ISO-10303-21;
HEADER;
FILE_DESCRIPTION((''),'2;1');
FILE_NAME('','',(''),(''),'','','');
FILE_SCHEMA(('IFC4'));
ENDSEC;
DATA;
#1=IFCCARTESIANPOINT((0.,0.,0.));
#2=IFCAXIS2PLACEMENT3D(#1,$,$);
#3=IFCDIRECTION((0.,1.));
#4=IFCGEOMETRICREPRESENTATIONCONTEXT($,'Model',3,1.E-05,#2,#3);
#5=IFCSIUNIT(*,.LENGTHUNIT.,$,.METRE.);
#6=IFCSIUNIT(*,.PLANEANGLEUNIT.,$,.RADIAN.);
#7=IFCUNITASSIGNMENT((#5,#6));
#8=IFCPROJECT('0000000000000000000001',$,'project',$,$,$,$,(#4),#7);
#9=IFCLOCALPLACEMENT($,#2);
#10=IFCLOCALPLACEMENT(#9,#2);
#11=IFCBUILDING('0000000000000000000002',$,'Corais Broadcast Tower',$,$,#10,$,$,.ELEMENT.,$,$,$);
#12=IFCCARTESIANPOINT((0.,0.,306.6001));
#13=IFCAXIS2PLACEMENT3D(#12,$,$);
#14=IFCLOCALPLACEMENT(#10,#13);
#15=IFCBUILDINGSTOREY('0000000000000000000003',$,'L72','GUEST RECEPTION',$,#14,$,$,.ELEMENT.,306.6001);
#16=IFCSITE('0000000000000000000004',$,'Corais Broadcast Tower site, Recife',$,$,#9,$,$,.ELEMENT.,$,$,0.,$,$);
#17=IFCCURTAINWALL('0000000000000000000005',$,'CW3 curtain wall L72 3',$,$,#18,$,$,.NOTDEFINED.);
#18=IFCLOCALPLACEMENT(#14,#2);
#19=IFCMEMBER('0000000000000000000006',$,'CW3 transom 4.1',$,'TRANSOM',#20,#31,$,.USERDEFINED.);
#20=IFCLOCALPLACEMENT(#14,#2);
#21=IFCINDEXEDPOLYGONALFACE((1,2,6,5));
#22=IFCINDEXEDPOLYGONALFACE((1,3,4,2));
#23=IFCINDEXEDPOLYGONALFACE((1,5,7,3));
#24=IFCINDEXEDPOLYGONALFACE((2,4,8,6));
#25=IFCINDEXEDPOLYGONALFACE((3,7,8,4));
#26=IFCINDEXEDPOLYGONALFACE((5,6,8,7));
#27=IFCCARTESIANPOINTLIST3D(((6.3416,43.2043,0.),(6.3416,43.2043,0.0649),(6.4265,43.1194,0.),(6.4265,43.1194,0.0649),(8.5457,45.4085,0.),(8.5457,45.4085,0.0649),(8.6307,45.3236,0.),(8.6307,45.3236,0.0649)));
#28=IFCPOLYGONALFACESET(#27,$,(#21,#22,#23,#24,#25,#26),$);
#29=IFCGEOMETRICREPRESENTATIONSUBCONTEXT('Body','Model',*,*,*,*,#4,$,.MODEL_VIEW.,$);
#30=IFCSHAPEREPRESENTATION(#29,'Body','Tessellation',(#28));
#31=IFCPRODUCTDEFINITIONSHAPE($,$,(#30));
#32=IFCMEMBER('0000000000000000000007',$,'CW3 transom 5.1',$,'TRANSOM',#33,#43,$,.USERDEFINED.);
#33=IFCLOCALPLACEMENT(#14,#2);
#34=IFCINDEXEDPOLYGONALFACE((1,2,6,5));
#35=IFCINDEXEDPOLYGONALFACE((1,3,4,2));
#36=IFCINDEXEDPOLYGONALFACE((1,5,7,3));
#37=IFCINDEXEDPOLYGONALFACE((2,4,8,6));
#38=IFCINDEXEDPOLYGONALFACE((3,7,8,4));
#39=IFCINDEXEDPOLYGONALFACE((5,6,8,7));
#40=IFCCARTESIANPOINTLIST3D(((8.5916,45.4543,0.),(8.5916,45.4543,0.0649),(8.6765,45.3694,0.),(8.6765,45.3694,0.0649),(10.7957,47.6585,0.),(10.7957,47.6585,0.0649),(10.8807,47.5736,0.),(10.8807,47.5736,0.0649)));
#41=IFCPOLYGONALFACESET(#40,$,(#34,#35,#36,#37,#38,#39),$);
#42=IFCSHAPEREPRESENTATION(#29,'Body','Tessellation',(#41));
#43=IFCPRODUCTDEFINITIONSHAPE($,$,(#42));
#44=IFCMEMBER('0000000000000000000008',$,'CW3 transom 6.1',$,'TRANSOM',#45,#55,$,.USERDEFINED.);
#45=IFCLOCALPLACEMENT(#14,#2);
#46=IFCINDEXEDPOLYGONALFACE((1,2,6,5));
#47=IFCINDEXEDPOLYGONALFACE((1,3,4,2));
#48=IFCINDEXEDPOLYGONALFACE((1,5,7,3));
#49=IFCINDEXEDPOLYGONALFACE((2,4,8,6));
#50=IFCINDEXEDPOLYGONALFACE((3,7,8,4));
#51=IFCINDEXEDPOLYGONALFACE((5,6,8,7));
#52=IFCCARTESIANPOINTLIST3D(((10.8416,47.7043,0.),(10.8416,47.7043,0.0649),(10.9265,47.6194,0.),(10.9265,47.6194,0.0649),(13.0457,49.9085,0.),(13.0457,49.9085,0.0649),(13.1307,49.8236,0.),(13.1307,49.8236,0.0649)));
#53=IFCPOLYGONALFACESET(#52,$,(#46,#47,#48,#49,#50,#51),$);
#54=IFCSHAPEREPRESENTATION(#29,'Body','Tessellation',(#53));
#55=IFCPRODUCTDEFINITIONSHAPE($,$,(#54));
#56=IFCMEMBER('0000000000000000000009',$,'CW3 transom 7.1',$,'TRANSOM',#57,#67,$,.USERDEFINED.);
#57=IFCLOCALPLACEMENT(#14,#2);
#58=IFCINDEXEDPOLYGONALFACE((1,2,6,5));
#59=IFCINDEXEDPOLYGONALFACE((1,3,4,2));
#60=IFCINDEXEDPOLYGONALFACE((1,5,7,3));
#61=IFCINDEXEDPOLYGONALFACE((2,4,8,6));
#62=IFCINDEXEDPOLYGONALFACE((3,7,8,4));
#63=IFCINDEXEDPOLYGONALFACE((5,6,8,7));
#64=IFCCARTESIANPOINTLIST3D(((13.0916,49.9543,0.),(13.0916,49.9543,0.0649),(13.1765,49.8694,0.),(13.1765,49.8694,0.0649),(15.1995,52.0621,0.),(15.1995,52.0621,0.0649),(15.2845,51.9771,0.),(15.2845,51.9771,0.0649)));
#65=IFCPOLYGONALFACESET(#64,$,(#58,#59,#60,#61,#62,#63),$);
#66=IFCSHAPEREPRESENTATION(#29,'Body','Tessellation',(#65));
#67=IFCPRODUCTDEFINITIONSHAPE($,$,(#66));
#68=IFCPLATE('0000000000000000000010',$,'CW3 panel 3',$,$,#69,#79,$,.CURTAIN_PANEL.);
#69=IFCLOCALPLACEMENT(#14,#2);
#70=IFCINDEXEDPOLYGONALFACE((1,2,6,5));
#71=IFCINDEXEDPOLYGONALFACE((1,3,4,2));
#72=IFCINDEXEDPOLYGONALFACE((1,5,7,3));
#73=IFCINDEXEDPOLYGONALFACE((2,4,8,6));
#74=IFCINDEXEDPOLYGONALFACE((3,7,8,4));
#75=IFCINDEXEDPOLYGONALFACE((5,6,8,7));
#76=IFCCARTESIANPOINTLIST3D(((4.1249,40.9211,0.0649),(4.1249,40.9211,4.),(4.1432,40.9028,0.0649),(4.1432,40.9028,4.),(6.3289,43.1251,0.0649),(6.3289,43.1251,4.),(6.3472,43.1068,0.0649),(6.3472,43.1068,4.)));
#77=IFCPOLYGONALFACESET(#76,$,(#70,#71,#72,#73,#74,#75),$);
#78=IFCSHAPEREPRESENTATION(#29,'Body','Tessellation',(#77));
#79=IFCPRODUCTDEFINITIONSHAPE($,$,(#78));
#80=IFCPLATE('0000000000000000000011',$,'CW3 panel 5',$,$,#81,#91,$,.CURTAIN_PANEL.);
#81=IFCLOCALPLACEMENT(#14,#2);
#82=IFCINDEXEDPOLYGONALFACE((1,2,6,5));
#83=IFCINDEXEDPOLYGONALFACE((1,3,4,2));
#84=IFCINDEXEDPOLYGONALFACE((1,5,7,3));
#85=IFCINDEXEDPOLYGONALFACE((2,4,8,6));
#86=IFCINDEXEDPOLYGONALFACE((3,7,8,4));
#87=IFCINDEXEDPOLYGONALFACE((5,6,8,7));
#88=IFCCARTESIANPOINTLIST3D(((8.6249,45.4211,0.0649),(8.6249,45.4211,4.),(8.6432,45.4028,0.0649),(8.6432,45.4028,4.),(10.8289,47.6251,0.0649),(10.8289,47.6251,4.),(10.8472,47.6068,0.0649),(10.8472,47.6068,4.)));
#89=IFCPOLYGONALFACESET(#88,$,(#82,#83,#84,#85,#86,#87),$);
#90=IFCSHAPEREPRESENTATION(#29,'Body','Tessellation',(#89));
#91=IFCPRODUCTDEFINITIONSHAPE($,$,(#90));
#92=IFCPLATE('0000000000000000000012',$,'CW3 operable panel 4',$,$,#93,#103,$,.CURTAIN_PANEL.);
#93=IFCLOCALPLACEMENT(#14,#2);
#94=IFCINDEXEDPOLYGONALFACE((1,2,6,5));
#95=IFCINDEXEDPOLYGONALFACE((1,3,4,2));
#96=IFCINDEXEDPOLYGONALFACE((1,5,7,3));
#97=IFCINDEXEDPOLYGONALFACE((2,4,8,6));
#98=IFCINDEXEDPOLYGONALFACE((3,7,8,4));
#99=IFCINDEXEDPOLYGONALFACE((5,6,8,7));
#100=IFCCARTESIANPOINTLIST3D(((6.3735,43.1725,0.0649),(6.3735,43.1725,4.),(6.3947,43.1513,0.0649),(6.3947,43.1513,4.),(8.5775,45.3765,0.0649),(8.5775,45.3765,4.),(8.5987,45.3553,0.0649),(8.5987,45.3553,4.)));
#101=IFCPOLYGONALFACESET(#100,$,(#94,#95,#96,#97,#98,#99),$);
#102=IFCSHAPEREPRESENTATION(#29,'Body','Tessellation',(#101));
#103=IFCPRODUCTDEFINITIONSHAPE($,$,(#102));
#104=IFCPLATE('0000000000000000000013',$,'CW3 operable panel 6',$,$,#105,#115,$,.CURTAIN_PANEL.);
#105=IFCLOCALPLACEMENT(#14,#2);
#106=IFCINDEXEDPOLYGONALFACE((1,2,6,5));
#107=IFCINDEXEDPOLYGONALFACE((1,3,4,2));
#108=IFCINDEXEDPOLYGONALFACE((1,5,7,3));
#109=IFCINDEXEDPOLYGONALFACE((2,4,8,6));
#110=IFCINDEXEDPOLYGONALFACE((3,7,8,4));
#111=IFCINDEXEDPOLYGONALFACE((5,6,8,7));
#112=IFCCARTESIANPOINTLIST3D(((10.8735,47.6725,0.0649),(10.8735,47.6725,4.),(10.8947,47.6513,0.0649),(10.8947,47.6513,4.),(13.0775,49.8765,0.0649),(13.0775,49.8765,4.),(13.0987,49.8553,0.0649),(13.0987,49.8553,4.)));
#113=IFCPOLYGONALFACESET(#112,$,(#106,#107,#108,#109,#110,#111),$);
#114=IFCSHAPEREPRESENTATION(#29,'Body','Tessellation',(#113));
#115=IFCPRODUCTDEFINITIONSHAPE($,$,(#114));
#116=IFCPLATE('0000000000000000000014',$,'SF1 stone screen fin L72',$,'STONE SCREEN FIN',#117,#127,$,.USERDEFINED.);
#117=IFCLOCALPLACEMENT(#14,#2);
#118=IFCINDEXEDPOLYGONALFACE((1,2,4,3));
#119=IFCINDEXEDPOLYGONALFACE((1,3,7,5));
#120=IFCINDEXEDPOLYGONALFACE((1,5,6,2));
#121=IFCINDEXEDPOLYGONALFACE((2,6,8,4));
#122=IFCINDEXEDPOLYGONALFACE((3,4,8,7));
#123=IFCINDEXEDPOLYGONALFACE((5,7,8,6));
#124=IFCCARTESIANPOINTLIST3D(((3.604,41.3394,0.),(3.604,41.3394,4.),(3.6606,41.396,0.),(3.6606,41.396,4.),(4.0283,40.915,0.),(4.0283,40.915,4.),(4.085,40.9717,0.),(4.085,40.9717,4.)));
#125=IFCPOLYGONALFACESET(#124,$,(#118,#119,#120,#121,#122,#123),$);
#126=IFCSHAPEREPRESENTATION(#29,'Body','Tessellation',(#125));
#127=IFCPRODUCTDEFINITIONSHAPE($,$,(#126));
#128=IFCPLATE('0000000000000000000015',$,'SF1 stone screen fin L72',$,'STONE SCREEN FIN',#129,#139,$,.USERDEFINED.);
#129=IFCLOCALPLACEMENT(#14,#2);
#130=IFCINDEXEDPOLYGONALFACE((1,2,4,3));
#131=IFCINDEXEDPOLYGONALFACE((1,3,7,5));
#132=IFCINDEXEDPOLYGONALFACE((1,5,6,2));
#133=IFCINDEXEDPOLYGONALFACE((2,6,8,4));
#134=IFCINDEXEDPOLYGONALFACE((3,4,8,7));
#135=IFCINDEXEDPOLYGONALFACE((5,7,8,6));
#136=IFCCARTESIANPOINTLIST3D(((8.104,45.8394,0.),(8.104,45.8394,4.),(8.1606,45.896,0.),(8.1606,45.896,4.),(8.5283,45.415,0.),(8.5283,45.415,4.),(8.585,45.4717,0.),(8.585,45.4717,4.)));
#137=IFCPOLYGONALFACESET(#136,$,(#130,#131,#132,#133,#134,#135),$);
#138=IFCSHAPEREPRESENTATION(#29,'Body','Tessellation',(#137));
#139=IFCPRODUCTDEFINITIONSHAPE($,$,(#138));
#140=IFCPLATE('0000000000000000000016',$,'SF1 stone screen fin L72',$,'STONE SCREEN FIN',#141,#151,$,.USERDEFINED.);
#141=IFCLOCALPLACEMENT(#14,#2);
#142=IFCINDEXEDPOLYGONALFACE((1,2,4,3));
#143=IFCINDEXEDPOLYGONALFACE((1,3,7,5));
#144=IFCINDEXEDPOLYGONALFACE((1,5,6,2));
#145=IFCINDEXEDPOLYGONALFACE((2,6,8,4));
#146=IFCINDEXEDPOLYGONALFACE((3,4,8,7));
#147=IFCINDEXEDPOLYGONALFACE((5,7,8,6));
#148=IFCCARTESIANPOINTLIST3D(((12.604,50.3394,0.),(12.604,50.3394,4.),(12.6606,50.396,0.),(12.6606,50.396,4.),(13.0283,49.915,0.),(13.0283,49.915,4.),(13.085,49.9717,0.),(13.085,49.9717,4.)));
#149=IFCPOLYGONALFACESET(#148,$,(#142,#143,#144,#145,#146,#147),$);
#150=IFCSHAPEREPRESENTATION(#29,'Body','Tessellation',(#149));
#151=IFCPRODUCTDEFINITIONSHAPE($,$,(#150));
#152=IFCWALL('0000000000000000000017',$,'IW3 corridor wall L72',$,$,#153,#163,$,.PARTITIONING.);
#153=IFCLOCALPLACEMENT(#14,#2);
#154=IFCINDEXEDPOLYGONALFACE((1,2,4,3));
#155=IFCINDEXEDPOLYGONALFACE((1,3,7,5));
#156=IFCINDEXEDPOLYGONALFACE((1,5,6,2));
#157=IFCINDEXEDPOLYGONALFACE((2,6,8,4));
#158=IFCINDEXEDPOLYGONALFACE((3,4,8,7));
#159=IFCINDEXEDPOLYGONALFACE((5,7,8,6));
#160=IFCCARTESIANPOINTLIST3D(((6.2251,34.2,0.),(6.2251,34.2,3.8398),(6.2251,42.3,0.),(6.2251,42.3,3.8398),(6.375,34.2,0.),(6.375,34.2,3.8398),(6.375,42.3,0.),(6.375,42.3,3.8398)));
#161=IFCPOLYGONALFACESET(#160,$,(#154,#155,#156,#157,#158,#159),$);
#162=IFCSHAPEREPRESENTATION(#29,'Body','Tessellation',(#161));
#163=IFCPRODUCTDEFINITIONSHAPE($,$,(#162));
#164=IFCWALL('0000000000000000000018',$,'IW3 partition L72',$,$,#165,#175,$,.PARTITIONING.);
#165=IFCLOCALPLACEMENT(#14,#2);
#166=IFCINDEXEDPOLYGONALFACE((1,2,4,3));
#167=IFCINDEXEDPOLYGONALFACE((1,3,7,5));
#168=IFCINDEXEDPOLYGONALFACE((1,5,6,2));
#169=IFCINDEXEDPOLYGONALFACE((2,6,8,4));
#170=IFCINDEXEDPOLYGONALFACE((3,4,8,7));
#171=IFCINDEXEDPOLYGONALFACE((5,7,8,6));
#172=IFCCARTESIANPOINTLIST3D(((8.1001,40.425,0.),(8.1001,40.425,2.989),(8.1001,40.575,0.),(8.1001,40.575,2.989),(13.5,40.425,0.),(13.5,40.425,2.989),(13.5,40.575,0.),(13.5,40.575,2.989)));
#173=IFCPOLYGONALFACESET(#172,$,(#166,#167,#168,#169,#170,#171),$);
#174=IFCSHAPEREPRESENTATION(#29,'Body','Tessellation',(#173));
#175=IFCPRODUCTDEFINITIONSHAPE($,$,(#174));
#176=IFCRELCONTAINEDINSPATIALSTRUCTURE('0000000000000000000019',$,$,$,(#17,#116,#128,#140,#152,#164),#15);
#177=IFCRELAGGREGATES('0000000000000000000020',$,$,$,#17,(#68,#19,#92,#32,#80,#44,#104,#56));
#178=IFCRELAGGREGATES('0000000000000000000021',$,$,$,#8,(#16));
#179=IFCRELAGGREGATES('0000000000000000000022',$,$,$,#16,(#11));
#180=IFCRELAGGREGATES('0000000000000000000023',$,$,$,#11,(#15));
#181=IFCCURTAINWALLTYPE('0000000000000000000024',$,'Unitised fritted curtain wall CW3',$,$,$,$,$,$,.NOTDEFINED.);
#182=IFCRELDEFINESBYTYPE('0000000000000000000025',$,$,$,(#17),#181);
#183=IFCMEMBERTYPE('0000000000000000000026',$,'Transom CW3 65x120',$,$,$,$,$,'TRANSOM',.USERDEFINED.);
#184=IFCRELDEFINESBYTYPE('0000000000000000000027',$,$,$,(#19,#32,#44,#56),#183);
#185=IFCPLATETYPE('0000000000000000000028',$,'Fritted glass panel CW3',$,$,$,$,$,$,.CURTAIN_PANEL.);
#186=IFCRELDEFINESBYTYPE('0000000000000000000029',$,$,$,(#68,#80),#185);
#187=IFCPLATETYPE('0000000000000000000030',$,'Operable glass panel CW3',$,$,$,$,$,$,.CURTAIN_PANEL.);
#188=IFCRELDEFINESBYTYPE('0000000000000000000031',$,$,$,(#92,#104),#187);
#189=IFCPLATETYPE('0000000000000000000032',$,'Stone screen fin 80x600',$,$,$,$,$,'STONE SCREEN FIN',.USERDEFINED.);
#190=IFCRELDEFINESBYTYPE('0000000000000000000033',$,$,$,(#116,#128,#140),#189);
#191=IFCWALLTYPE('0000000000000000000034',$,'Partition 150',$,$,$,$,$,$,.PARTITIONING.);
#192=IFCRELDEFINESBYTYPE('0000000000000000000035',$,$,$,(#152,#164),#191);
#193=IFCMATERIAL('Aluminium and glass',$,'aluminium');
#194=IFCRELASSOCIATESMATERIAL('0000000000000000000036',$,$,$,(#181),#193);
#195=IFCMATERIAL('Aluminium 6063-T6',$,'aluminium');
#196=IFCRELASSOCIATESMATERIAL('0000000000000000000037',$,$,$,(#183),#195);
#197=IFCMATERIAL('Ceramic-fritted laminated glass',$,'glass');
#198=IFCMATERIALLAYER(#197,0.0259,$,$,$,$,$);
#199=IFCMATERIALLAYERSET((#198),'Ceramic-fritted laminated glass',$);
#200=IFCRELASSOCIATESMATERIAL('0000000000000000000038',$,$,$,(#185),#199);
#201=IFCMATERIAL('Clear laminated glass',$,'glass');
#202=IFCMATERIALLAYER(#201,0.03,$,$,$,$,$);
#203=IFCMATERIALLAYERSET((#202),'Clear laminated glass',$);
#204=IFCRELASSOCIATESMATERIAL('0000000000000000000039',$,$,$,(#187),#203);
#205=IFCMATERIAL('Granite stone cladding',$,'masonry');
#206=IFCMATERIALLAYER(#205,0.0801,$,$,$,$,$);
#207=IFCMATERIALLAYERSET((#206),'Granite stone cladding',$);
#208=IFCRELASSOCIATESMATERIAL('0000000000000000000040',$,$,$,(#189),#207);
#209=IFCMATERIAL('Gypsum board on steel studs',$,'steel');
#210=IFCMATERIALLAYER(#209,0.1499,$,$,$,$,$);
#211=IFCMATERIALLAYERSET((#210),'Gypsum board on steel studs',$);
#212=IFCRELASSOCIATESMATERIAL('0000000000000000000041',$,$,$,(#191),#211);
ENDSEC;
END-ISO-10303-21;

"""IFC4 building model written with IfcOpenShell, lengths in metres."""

from ifc_helpers import new_model, si_unit, direction, frame, frame_2d, origin, origin_2d, place, context, subcontext, project, spatial, rectangle, extrude, material, layer, layer_set, material_profile, profile_set, type_object, element, aggregate, save


model = new_model("IFC4")

# Units and contexts
model_context = context("Model", 3, precision=1e-05, world=origin(), true_north=direction((0.0, 1.0)))
body_context = subcontext(model_context, "Body", "Model", "MODEL_VIEW")
ifc_project = project(units=[si_unit("LENGTHUNIT", "METRE"), si_unit("PLANEANGLEUNIT", "RADIAN")], contexts=[model_context])

# Site, building, storey
site_placement = place(None, origin())
site = spatial("IfcSite", under=ifc_project, at=site_placement, Name="Corais Broadcast Tower site, Recife", CompositionType="ELEMENT", RefElevation=0.0)
building_placement = place(site_placement, origin())
building = spatial("IfcBuilding", under=site, at=building_placement, Name="Corais Broadcast Tower", CompositionType="ELEMENT")
storey_placement = place(building_placement, frame((0.0, 0.0, 306.6001)))
storey = spatial("IfcBuildingStorey", under=building, at=storey_placement, Name="L72", Description="GUEST RECEPTION", CompositionType="ELEMENT", Elevation=306.6001)

# Curtain wall
ifc_material_1 = material(Name="Aluminium and glass", Category="aluminium")
curtain_wall_type = type_object("IfcCurtainWallType", Name="Unitised fritted curtain wall CW3", PredefinedType="NOTDEFINED", material=ifc_material_1)
curtain_wall_placement = place(storey_placement, origin())
curtain_wall = element("IfcCurtainWall", 1, at=curtain_wall_placement, inside=storey, type_object=curtain_wall_type, Name="CW3 curtain wall L72 3", PredefinedType="NOTDEFINED")

# Members
ifc_material_2 = material(Name="Aluminium 6063-T6", Category="aluminium")
ifc_material_profile_1 = material_profile(ifc_material_2, rectangle(XDim=0.1201, YDim=0.0649, at=origin_2d()), Name="Transom CW3 65x120")
ifc_profile_set_1 = profile_set([ifc_material_profile_1], Name="Aluminium 6063-T6")
member_type_1 = type_object("IfcMemberType", Name="Transom CW3 65x120", ElementType="TRANSOM", PredefinedType="USERDEFINED", material=ifc_profile_set_1)
member_1_placement = place(storey_placement, frame((6.384, 43.1619, 0.0325), z_axis=(0.707107, 0.707107, 0.0), x_axis=(-0.707107, 0.707107, 0.0)))
member_1 = element("IfcMember", 2, at=member_1_placement, type_object=member_type_1, Name="CW3 transom 4.1", ObjectType="TRANSOM", PredefinedType="USERDEFINED", context=body_context, shape_type="SweptSolid", body=[
    extrude(rectangle(XDim=0.1201, YDim=0.0649, at=origin_2d()), origin(), (0.0, 0.0, 1.0), 3.1172),
])
member_2_placement = place(storey_placement, frame((8.634, 45.4119, 0.0325), z_axis=(0.707107, 0.707107, 0.0), x_axis=(-0.707107, 0.707107, 0.0)))
member_2 = element("IfcMember", 3, at=member_2_placement, type_object=member_type_1, Name="CW3 transom 5.1", ObjectType="TRANSOM", PredefinedType="USERDEFINED", context=body_context, shape_type="SweptSolid", body=[
    extrude(rectangle(XDim=0.1201, YDim=0.0649, at=origin_2d()), origin(), (0.0, 0.0, 1.0), 3.1172),
])
member_3_placement = place(storey_placement, frame((10.884, 47.6619, 0.0325), z_axis=(0.707107, 0.707107, 0.0), x_axis=(-0.707107, 0.707107, 0.0)))
member_3 = element("IfcMember", 4, at=member_3_placement, type_object=member_type_1, Name="CW3 transom 6.1", ObjectType="TRANSOM", PredefinedType="USERDEFINED", context=body_context, shape_type="SweptSolid", body=[
    extrude(rectangle(XDim=0.1201, YDim=0.0649, at=origin_2d()), origin(), (0.0, 0.0, 1.0), 3.1172),
])
member_4_placement = place(storey_placement, frame((13.134, 49.9119, 0.0325), z_axis=(0.707148, 0.707066, 0.0), x_axis=(-0.707066, 0.707148, 0.0)))
member_4 = element("IfcMember", 5, at=member_4_placement, type_object=member_type_1, Name="CW3 transom 7.1", ObjectType="TRANSOM", PredefinedType="USERDEFINED", context=body_context, shape_type="SweptSolid", body=[
    extrude(rectangle(XDim=0.1201, YDim=0.0649, at=origin_2d()), origin(), (0.0, 0.0, 1.0), 2.981),
])

# Plates
ifc_material_3 = material(Name="Ceramic-fritted laminated glass", Category="glass")
ifc_layer_1 = layer(ifc_material_3, 0.0259)
ifc_layer_set_1 = layer_set([ifc_layer_1], Name="Ceramic-fritted laminated glass")
plate_type_1 = type_object("IfcPlateType", Name="Fritted glass panel CW3", PredefinedType="CURTAIN_PANEL", material=ifc_layer_set_1)
plate_1_placement = place(storey_placement, frame((5.2361, 42.0139, 0.0649), z_axis=(0.0, 0.0, 1.0), x_axis=(0.707107, 0.707107, 0.0)))
plate_1 = element("IfcPlate", 6, at=plate_1_placement, type_object=plate_type_1, Name="CW3 panel 3", PredefinedType="CURTAIN_PANEL", context=body_context, shape_type="SweptSolid", body=[
    extrude(rectangle(XDim=3.1169, YDim=0.0259, at=origin_2d()), origin(), (0.0, 0.0, 1.0), 3.9351),
])
plate_2_placement = place(storey_placement, frame((9.7361, 46.5139, 0.0649), z_axis=(0.0, 0.0, 1.0), x_axis=(0.707107, 0.707107, 0.0)))
plate_2 = element("IfcPlate", 7, at=plate_2_placement, type_object=plate_type_1, Name="CW3 panel 5", PredefinedType="CURTAIN_PANEL", context=body_context, shape_type="SweptSolid", body=[
    extrude(rectangle(XDim=3.1169, YDim=0.0259, at=origin_2d()), origin(), (0.0, 0.0, 1.0), 3.9351),
])
ifc_material_4 = material(Name="Clear laminated glass", Category="glass")
ifc_layer_2 = layer(ifc_material_4, 0.03)
ifc_layer_set_2 = layer_set([ifc_layer_2], Name="Clear laminated glass")
plate_type_2 = type_object("IfcPlateType", Name="Operable glass panel CW3", PredefinedType="CURTAIN_PANEL", material=ifc_layer_set_2)
plate_3_placement = place(storey_placement, frame((7.4861, 44.2639, 0.0649), z_axis=(0.0, 0.0, 1.0), x_axis=(0.707107, 0.707107, 0.0)))
plate_3 = element("IfcPlate", 8, at=plate_3_placement, type_object=plate_type_2, Name="CW3 operable panel 4", PredefinedType="CURTAIN_PANEL", context=body_context, shape_type="SweptSolid", body=[
    extrude(rectangle(XDim=3.1169, YDim=0.03, at=origin_2d()), origin(), (0.0, 0.0, 1.0), 3.9351),
])
plate_4_placement = place(storey_placement, frame((11.9861, 48.7639, 0.0649), z_axis=(0.0, 0.0, 1.0), x_axis=(0.707107, 0.707107, 0.0)))
plate_4 = element("IfcPlate", 9, at=plate_4_placement, type_object=plate_type_2, Name="CW3 operable panel 6", PredefinedType="CURTAIN_PANEL", context=body_context, shape_type="SweptSolid", body=[
    extrude(rectangle(XDim=3.1169, YDim=0.03, at=origin_2d()), origin(), (0.0, 0.0, 1.0), 3.9351),
])
aggregate(curtain_wall, [plate_1, member_1, plate_3, member_2, plate_2, member_3, plate_4, member_4])

# Plates
ifc_material_5 = material(Name="Granite stone cladding", Category="masonry")
ifc_layer_3 = layer(ifc_material_5, 0.0801)
ifc_layer_set_3 = layer_set([ifc_layer_3], Name="Granite stone cladding")
plate_type_3 = type_object("IfcPlateType", Name="Stone screen fin 80x600", ElementType="STONE SCREEN FIN", PredefinedType="USERDEFINED", material=ifc_layer_set_3)
for number, where, z_axis, x_axis, name in (
    (10, (3.8445, 41.1555, 0.0), (0.0, 0.0, 1.0), (0.707107, 0.707107, 0.0), "SF1 stone screen fin L72"),
    (11, (8.3445, 45.6555, 0.0), (0.0, 0.0, 1.0), (0.707107, 0.707107, 0.0), "SF1 stone screen fin L72"),
    (12, (12.8445, 50.1555, 0.0), (0.0, 0.0, 1.0), (0.707107, 0.707107, 0.0), "SF1 stone screen fin L72"),
):
    element("IfcPlate", number, at=place(storey_placement, frame(where, z_axis=z_axis, x_axis=x_axis)), inside=storey, type_object=plate_type_3, Name=name, ObjectType="STONE SCREEN FIN", PredefinedType="USERDEFINED", context=body_context, shape_type="SweptSolid", body=[
        extrude(rectangle(XDim=0.0801, YDim=0.6001, at=origin_2d()), origin(), (0.0, 0.0, 1.0), 4.0),
    ])

# Walls
ifc_material_6 = material(Name="Gypsum board on steel studs", Category="steel")
ifc_layer_4 = layer(ifc_material_6, 0.1499)
ifc_layer_set_4 = layer_set([ifc_layer_4], Name="Gypsum board on steel studs")
wall_type = type_object("IfcWallType", Name="Partition 150", PredefinedType="PARTITIONING", material=ifc_layer_set_4)
wall_1_placement = place(storey_placement, frame((6.3, 42.3, 0.0), z_axis=(0.0, 0.0, 1.0), x_axis=(0.0, -1.0, 0.0)))
element("IfcWall", 13, at=wall_1_placement, inside=storey, type_object=wall_type, Name="IW3 corridor wall L72", PredefinedType="PARTITIONING", context=body_context, shape_type="SweptSolid", body=[
    extrude(rectangle(XDim=8.1001, YDim=0.1499, at=frame_2d((4.05, 0.0))), origin(), (0.0, 0.0, 1.0), 3.8398),
])
wall_2_placement = place(storey_placement, frame((13.5, 40.5, 0.0), z_axis=(0.0, 0.0, 1.0), x_axis=(-1.0, 0.0, 0.0)))
element("IfcWall", 14, at=wall_2_placement, inside=storey, type_object=wall_type, Name="IW3 partition L72", PredefinedType="PARTITIONING", context=body_context, shape_type="SweptSolid", body=[
    extrude(rectangle(XDim=5.3999, YDim=0.1499, at=frame_2d((2.7, 0.0))), origin(), (0.0, 0.0, 1.0), 2.989),
])

save(model, "model.ifc")
